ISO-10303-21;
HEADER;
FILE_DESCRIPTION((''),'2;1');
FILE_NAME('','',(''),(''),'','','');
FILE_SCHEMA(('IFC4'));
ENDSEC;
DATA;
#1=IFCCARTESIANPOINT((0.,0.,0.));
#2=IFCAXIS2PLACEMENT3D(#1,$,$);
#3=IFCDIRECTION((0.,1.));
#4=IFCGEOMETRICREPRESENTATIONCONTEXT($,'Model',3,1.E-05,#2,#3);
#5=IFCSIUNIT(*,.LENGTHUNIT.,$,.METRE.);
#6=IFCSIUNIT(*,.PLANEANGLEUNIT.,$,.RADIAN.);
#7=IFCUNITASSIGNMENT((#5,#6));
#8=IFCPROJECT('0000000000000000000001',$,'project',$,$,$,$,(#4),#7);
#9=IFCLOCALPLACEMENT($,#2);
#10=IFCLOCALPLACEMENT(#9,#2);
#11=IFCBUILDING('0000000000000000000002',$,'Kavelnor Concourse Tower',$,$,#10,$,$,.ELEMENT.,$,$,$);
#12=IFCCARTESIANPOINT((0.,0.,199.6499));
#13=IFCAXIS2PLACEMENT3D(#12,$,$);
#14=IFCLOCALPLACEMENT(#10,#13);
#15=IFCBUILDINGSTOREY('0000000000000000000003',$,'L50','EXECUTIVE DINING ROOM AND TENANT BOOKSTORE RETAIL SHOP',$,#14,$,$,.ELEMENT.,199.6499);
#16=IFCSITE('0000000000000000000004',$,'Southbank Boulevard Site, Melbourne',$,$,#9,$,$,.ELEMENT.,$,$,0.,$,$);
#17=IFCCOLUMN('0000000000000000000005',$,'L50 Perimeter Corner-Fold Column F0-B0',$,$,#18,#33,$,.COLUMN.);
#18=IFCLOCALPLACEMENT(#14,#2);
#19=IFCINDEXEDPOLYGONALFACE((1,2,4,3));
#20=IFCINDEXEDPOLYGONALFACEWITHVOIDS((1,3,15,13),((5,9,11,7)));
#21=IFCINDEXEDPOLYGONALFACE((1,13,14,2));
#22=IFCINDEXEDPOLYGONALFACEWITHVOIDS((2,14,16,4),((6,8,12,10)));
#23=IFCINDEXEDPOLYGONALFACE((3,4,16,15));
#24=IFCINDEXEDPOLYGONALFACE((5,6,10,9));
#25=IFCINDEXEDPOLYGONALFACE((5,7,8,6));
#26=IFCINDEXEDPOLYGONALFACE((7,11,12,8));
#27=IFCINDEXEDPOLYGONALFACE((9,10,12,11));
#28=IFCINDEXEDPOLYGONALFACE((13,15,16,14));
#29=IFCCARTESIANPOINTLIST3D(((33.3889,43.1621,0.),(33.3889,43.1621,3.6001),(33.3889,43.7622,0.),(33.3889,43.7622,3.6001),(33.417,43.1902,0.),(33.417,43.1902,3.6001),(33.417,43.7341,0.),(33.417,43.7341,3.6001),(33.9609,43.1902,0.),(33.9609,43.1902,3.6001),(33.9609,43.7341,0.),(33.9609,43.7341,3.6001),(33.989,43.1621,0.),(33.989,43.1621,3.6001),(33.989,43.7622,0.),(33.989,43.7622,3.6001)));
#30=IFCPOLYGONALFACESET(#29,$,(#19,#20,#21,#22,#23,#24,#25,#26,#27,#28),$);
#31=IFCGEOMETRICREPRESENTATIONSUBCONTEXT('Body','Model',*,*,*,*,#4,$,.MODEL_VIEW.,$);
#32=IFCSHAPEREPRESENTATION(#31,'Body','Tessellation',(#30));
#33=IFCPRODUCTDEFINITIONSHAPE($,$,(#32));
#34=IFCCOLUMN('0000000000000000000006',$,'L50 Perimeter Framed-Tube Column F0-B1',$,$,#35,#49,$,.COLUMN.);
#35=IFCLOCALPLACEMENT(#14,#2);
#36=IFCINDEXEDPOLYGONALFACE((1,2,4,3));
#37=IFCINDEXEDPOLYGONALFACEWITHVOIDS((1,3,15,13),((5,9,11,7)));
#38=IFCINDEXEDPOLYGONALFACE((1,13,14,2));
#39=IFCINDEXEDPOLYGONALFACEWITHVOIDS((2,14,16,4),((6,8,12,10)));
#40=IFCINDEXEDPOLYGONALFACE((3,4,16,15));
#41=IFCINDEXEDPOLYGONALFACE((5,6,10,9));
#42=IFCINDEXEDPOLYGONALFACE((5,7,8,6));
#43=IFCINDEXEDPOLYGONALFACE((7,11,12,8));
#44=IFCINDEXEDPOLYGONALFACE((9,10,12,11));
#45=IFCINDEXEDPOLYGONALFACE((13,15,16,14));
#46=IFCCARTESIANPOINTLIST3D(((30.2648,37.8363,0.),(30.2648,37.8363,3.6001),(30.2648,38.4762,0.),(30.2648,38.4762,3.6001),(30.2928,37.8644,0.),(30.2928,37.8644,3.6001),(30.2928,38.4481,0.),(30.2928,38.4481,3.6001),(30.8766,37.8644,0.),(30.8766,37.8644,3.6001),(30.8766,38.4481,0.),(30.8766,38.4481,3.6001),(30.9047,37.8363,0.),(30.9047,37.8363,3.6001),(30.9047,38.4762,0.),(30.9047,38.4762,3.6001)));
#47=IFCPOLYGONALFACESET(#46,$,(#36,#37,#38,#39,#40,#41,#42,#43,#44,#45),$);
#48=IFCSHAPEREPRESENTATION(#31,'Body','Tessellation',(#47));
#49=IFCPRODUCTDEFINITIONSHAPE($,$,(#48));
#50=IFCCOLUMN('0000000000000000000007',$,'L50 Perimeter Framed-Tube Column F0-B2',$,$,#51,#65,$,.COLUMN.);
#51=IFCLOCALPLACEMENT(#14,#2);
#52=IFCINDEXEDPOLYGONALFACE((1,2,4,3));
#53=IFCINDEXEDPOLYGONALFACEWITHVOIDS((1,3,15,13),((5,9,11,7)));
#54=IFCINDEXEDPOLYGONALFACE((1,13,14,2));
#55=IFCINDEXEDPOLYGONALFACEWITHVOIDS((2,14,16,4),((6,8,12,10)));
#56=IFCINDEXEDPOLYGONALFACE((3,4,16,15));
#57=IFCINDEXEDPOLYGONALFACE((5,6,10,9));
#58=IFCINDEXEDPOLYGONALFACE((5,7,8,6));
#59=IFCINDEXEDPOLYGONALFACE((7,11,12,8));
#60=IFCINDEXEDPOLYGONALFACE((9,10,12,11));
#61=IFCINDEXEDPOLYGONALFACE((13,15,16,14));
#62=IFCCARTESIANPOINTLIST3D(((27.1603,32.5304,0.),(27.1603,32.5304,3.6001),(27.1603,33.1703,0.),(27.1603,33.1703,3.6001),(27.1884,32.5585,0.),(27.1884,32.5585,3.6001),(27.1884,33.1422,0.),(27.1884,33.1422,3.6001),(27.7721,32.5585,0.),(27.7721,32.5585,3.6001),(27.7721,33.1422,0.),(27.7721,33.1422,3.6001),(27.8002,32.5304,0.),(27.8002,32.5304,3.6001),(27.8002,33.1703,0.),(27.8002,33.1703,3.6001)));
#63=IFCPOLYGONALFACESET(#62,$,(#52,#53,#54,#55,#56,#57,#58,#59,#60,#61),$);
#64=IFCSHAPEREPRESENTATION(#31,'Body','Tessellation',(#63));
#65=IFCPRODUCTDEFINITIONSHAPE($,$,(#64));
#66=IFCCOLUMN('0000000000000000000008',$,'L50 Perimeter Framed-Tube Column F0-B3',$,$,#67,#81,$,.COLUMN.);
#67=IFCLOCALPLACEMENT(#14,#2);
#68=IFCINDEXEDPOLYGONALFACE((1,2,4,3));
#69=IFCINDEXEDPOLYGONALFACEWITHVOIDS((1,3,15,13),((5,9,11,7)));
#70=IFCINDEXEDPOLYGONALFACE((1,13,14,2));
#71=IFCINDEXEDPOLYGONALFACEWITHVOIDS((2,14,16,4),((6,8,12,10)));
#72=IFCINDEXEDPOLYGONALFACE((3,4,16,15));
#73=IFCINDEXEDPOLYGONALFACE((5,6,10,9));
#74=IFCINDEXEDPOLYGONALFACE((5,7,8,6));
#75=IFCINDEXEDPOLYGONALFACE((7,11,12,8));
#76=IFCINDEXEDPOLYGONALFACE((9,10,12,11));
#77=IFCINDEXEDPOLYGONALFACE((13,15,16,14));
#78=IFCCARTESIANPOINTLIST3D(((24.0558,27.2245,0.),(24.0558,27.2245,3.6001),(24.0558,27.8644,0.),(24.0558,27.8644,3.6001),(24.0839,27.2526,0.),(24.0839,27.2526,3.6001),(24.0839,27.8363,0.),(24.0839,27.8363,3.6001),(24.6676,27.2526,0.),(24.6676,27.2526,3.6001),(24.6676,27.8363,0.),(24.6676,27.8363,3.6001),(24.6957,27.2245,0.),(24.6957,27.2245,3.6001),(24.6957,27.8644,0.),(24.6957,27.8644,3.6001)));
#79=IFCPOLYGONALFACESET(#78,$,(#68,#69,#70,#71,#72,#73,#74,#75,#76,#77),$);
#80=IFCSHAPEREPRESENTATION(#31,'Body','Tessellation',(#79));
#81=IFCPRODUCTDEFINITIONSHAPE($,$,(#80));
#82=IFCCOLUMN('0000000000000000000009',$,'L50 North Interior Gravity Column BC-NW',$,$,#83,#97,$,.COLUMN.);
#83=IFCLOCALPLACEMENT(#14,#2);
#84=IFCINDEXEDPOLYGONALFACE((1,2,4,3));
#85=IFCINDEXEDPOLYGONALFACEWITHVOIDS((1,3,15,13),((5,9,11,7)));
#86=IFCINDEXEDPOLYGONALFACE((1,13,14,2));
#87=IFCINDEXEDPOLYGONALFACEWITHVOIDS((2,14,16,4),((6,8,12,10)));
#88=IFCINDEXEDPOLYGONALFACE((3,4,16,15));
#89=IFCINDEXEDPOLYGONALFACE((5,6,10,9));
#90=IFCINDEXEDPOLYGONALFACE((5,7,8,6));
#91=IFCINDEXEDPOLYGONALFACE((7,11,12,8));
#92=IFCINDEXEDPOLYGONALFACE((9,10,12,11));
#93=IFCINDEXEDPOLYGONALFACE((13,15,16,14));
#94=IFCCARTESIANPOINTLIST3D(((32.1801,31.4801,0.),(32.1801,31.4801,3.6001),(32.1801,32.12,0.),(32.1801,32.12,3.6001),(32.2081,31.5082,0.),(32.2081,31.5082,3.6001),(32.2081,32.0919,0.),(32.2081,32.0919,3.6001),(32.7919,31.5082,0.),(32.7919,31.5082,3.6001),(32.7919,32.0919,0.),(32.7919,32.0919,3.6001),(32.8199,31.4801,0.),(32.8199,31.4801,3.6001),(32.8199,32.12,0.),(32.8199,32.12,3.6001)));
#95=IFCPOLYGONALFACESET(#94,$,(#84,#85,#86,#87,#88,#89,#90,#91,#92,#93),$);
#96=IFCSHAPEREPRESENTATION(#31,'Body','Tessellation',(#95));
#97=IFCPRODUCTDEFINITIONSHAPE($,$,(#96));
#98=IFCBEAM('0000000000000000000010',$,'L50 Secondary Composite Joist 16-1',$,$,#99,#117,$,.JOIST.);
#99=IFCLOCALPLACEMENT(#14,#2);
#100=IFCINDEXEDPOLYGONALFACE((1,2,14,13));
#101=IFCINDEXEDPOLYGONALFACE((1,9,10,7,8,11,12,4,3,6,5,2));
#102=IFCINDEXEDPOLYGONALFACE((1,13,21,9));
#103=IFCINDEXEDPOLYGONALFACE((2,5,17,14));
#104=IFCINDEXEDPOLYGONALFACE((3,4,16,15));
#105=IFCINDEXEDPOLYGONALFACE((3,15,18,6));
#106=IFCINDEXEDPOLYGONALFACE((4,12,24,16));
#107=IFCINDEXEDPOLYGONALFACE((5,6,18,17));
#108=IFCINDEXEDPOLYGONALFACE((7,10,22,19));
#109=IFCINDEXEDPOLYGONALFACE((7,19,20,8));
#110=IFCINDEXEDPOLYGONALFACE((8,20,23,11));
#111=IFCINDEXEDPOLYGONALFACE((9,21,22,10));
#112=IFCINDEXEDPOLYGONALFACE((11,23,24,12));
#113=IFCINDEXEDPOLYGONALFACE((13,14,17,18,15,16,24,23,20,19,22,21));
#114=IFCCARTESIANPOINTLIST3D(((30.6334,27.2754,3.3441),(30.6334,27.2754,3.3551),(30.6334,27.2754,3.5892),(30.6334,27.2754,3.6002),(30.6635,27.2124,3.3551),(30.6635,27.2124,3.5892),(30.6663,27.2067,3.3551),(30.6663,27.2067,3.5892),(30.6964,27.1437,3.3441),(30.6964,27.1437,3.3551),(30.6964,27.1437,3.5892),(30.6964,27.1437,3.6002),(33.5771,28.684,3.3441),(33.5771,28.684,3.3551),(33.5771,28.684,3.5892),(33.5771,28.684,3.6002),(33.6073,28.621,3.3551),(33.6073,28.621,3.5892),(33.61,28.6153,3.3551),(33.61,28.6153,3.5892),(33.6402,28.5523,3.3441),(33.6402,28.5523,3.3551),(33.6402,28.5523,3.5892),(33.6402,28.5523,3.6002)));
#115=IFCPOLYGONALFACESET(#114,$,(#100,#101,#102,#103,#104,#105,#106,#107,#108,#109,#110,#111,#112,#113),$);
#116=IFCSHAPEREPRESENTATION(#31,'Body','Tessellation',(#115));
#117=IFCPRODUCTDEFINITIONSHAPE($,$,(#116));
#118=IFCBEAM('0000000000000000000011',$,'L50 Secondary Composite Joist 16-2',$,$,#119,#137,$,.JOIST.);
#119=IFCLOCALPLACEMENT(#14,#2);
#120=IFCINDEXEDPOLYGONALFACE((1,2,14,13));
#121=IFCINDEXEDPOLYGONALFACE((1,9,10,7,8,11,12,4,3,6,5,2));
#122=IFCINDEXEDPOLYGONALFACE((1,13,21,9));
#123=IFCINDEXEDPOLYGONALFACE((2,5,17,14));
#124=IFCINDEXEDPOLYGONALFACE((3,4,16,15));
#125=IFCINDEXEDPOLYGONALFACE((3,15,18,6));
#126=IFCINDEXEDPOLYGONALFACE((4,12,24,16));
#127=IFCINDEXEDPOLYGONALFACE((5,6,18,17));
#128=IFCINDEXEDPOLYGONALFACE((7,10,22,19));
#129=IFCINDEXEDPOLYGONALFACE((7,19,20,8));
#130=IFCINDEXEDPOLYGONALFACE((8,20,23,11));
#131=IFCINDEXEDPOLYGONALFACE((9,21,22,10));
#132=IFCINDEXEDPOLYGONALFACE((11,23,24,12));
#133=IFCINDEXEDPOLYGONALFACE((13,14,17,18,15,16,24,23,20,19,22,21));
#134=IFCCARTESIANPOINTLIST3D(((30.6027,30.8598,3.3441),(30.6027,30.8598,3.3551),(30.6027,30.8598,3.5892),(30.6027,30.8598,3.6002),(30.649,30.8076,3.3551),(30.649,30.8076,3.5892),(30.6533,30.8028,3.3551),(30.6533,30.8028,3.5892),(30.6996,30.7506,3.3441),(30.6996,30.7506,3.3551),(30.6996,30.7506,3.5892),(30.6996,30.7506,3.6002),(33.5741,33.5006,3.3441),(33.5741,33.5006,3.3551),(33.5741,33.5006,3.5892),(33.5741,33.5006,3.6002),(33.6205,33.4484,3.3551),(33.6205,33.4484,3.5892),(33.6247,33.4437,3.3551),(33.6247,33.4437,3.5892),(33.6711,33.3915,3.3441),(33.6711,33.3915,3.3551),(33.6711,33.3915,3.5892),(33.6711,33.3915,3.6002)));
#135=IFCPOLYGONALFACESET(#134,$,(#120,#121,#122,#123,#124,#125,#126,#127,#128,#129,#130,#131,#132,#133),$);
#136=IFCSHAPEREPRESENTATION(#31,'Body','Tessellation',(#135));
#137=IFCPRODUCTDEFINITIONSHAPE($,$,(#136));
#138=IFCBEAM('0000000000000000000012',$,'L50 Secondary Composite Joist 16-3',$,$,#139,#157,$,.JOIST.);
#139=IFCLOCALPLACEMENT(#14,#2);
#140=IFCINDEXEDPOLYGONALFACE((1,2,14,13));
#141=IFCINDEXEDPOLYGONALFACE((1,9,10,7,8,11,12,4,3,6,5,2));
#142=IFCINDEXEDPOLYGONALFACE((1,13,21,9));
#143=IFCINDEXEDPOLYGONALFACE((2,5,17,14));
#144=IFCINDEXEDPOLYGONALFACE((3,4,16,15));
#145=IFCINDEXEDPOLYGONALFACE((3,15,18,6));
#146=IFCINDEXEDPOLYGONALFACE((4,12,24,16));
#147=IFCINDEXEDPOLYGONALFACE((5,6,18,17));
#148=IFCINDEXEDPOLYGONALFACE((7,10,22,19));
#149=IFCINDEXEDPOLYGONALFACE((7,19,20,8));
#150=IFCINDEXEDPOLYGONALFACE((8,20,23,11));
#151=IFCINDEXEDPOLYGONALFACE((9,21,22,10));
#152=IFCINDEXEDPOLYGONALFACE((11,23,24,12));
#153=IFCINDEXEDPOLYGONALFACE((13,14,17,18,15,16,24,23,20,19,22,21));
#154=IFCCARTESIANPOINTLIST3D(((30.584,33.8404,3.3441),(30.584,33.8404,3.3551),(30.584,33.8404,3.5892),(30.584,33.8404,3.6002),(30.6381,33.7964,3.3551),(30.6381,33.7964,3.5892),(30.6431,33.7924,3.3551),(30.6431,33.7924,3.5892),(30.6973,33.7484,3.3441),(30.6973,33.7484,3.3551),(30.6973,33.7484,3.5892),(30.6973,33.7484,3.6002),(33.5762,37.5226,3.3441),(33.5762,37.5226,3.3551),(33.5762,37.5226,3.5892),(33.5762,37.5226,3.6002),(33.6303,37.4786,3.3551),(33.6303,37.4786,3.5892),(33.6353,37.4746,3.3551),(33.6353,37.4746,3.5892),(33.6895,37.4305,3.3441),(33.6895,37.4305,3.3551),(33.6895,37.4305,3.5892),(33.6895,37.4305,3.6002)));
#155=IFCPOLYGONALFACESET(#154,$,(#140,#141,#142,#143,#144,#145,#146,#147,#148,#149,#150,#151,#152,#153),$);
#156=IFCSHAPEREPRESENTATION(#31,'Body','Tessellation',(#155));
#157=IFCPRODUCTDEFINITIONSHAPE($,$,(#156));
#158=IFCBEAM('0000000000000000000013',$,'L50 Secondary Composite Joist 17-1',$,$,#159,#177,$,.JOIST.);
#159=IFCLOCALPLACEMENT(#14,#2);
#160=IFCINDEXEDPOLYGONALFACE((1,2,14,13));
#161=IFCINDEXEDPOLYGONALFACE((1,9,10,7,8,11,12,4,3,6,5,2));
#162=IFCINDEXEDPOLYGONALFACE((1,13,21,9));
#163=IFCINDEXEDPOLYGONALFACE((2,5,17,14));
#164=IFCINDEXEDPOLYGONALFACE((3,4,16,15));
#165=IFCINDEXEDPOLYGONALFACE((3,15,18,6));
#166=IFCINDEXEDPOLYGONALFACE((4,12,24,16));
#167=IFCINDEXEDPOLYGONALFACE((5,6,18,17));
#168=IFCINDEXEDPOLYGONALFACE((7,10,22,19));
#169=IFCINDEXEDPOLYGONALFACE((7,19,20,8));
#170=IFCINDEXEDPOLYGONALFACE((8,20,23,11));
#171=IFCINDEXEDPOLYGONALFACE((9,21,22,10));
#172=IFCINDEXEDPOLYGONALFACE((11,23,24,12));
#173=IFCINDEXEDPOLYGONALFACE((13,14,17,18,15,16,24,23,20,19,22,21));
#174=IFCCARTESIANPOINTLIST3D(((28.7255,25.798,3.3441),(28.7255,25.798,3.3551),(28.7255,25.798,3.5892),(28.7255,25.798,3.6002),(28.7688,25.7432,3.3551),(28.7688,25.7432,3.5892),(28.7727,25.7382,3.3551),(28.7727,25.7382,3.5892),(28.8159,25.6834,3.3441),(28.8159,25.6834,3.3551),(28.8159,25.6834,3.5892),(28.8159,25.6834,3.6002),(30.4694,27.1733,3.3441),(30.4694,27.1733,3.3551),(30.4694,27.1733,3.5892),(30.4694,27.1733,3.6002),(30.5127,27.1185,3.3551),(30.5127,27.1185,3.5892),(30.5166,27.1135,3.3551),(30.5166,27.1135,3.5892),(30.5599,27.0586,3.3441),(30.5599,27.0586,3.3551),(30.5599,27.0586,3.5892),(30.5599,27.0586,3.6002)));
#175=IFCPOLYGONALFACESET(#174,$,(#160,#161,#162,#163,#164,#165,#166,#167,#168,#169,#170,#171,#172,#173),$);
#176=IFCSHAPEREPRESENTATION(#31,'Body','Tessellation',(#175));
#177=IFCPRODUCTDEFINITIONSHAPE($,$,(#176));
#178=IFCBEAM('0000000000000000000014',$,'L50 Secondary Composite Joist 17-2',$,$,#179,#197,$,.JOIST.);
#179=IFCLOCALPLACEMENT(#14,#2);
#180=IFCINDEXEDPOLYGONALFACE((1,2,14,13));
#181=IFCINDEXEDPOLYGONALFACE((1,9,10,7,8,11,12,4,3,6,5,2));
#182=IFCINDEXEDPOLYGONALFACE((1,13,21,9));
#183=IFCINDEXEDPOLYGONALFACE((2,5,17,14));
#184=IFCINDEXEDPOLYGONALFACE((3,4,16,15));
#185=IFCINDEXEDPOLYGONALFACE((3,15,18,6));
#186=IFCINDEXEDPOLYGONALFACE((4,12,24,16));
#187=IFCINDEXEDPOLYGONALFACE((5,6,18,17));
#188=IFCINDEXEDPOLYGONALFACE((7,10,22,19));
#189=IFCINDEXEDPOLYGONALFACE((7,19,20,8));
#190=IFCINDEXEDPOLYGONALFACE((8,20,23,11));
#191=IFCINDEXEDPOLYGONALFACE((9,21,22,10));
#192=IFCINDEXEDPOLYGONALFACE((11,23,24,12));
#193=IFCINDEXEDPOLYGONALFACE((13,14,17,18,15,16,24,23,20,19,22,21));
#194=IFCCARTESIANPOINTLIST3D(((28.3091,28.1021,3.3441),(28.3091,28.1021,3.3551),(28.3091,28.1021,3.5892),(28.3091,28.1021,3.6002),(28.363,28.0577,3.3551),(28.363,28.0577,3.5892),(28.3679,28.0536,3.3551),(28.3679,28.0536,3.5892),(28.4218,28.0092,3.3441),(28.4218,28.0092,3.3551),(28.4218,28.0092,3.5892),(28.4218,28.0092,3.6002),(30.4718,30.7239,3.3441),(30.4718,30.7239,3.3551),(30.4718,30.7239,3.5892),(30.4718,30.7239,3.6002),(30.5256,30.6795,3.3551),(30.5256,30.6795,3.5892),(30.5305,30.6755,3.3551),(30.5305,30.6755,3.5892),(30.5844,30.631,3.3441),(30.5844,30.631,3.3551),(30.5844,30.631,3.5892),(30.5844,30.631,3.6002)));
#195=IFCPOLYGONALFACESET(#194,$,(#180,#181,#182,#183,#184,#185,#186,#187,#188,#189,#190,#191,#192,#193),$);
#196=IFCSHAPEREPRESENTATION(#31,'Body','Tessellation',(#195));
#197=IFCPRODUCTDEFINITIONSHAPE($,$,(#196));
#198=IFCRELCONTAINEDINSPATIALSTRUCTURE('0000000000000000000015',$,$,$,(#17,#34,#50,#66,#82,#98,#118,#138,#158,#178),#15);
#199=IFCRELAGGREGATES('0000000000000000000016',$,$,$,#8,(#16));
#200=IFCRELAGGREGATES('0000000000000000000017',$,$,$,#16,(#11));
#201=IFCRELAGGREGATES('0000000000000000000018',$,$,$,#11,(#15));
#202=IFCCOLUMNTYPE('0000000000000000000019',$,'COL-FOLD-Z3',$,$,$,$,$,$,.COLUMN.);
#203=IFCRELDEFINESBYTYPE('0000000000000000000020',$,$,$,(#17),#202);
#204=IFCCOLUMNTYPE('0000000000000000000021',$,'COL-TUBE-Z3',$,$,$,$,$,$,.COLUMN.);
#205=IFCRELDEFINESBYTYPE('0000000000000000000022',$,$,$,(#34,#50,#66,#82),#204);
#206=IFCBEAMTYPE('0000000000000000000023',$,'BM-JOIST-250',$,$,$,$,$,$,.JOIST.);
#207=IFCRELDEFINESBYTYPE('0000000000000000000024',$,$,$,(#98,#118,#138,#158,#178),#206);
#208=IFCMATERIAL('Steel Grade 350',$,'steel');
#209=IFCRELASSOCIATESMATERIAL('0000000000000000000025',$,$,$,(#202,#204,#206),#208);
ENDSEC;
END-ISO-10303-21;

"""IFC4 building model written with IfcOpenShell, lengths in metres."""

from ifc_helpers import new_model, si_unit, direction, frame, origin, origin_2d, place, context, subcontext, project, spatial, hollow_rectangle, i_section, extrude, material, material_profile, profile_set, type_object, element, save


model = new_model("IFC4")

# Units and contexts
model_context = context("Model", 3, precision=1e-05, world=origin(), true_north=direction((0.0, 1.0)))
body_context = subcontext(model_context, "Body", "Model", "MODEL_VIEW")
ifc_project = project(units=[si_unit("LENGTHUNIT", "METRE"), si_unit("PLANEANGLEUNIT", "RADIAN")], contexts=[model_context])

# Site, building, storey
site_placement = place(None, origin())
site = spatial("IfcSite", under=ifc_project, at=site_placement, Name="Southbank Boulevard Site, Melbourne", CompositionType="ELEMENT", RefElevation=0.0)
building_placement = place(site_placement, origin())
building = spatial("IfcBuilding", under=site, at=building_placement, Name="Kavelnor Concourse Tower", CompositionType="ELEMENT")
storey_placement = place(building_placement, frame((0.0, 0.0, 199.6499)))
storey = spatial("IfcBuildingStorey", under=building, at=storey_placement, Name="L50", Description="EXECUTIVE DINING ROOM AND TENANT BOOKSTORE RETAIL SHOP", CompositionType="ELEMENT", Elevation=199.6499)

# Columns
ifc_material_1 = material(Name="Steel Grade 350", Category="steel")
ifc_material_profile_1 = material_profile(ifc_material_1, hollow_rectangle(XDim=0.6001, YDim=0.6001, WallThickness=0.0281, at=origin_2d()), Name="SHS 600x600x28")
ifc_profile_set_1 = profile_set([ifc_material_profile_1], Name="Steel Grade 350")
column_type_1 = type_object("IfcColumnType", Name="COL-FOLD-Z3", PredefinedType="COLUMN", material=ifc_profile_set_1)
column_placement = place(storey_placement, frame((33.689, 43.4622, 0.0), z_axis=(0.0, 0.0, 1.0), x_axis=(1.0, 0.0, 0.0)))
element("IfcColumn", 1, at=column_placement, inside=storey, type_object=column_type_1, Name="L50 Perimeter Corner-Fold Column F0-B0", PredefinedType="COLUMN", context=body_context, shape_type="SweptSolid", body=[
    extrude(hollow_rectangle(XDim=0.6001, YDim=0.6001, WallThickness=0.0281, at=origin_2d()), origin(), (0.0, 0.0, 1.0), 3.6001),
])
ifc_material_profile_2 = material_profile(ifc_material_1, hollow_rectangle(XDim=0.6399, YDim=0.6399, WallThickness=0.0281, at=origin_2d()), Name="SHS 640x640x28")
ifc_profile_set_2 = profile_set([ifc_material_profile_2], Name="Steel Grade 350")
column_type_2 = type_object("IfcColumnType", Name="COL-TUBE-Z3", PredefinedType="COLUMN", material=ifc_profile_set_2)
for number, where, z_axis, x_axis, name in (
    (2, (30.5847, 38.1562, 0.0), (0.0, 0.0, 1.0), (1.0, 0.0, 0.0), "L50 Perimeter Framed-Tube Column F0-B1"),
    (3, (27.4802, 32.8503, 0.0), (0.0, 0.0, 1.0), (1.0, 0.0, 0.0), "L50 Perimeter Framed-Tube Column F0-B2"),
    (4, (24.3757, 27.5444, 0.0), (0.0, 0.0, 1.0), (1.0, 0.0, 0.0), "L50 Perimeter Framed-Tube Column F0-B3"),
    (5, (32.5, 31.8, 0.0), (0.0, 0.0, 1.0), (1.0, 0.0, 0.0), "L50 North Interior Gravity Column BC-NW"),
):
    element("IfcColumn", number, at=place(storey_placement, frame(where, z_axis=z_axis, x_axis=x_axis)), inside=storey, type_object=column_type_2, Name=name, PredefinedType="COLUMN", context=body_context, shape_type="SweptSolid", body=[
        extrude(hollow_rectangle(XDim=0.6399, YDim=0.6399, WallThickness=0.0281, at=origin_2d()), origin(), (0.0, 0.0, 1.0), 3.6001),
    ])

# Beams
ifc_material_profile_3 = material_profile(ifc_material_1, i_section(OverallWidth=0.146, OverallDepth=0.2561, WebThickness=0.0063, FlangeThickness=0.011, at=origin_2d()), Name="250UB37")
ifc_profile_set_3 = profile_set([ifc_material_profile_3], Name="Steel Grade 350")
beam_type_1 = type_object("IfcBeamType", Name="BM-JOIST-250", PredefinedType="JOIST", material=ifc_profile_set_3)
beam_1_placement = place(storey_placement, frame((33.6086, 28.6182, 3.4722), z_axis=(-0.902043, -0.431646, 0.0), x_axis=(0.431646, -0.902043, 0.0)))
element("IfcBeam", 6, at=beam_1_placement, inside=storey, type_object=beam_type_1, Name="L50 Secondary Composite Joist 16-1", PredefinedType="JOIST", context=body_context, shape_type="SweptSolid", body=[
    extrude(i_section(OverallWidth=0.146, OverallDepth=0.2561, WebThickness=0.0063, FlangeThickness=0.011, at=origin_2d()), origin(), (0.0, 0.0, 1.0), 3.2634),
])
beam_2_placement = place(storey_placement, frame((33.6226, 33.446, 3.4722), z_axis=(-0.74746, -0.664307, 0.0), x_axis=(0.664307, -0.74746, 0.0)))
element("IfcBeam", 7, at=beam_2_placement, inside=storey, type_object=beam_type_1, Name="L50 Secondary Composite Joist 16-2", PredefinedType="JOIST", context=body_context, shape_type="SweptSolid", body=[
    extrude(i_section(OverallWidth=0.146, OverallDepth=0.2561, WebThickness=0.0063, FlangeThickness=0.011, at=origin_2d()), origin(), (0.0, 0.0, 1.0), 3.9753),
])
beam_3_placement = place(storey_placement, frame((33.6328, 37.4766, 3.4722), z_axis=(-0.630651, -0.776067, 0.0), x_axis=(0.776067, -0.630651, 0.0)))
element("IfcBeam", 8, at=beam_3_placement, inside=storey, type_object=beam_type_1, Name="L50 Secondary Composite Joist 16-3", PredefinedType="JOIST", context=body_context, shape_type="SweptSolid", body=[
    extrude(i_section(OverallWidth=0.146, OverallDepth=0.2561, WebThickness=0.0063, FlangeThickness=0.011, at=origin_2d()), origin(), (0.0, 0.0, 1.0), 4.7446),
])
beam_4_placement = place(storey_placement, frame((30.5146, 27.116, 3.4722), z_axis=(-0.785215, -0.619224, 0.0), x_axis=(0.619224, -0.785215, 0.0)))
element("IfcBeam", 9, at=beam_4_placement, inside=storey, type_object=beam_type_1, Name="L50 Secondary Composite Joist 17-1", PredefinedType="JOIST", context=body_context, shape_type="SweptSolid", body=[
    extrude(i_section(OverallWidth=0.146, OverallDepth=0.2561, WebThickness=0.0063, FlangeThickness=0.011, at=origin_2d()), origin(), (0.0, 0.0, 1.0), 2.2209),
])
beam_5_placement = place(storey_placement, frame((30.5281, 30.6775, 3.4722), z_axis=(-0.636311, -0.771432, 0.0), x_axis=(0.771432, -0.636311, 0.0)))
element("IfcBeam", 10, at=beam_5_placement, inside=storey, type_object=beam_type_1, Name="L50 Secondary Composite Joist 17-2", PredefinedType="JOIST", context=body_context, shape_type="SweptSolid", body=[
    extrude(i_section(OverallWidth=0.146, OverallDepth=0.2561, WebThickness=0.0063, FlangeThickness=0.011, at=origin_2d()), origin(), (0.0, 0.0, 1.0), 3.3987),
])

save(model, "model.ifc")
